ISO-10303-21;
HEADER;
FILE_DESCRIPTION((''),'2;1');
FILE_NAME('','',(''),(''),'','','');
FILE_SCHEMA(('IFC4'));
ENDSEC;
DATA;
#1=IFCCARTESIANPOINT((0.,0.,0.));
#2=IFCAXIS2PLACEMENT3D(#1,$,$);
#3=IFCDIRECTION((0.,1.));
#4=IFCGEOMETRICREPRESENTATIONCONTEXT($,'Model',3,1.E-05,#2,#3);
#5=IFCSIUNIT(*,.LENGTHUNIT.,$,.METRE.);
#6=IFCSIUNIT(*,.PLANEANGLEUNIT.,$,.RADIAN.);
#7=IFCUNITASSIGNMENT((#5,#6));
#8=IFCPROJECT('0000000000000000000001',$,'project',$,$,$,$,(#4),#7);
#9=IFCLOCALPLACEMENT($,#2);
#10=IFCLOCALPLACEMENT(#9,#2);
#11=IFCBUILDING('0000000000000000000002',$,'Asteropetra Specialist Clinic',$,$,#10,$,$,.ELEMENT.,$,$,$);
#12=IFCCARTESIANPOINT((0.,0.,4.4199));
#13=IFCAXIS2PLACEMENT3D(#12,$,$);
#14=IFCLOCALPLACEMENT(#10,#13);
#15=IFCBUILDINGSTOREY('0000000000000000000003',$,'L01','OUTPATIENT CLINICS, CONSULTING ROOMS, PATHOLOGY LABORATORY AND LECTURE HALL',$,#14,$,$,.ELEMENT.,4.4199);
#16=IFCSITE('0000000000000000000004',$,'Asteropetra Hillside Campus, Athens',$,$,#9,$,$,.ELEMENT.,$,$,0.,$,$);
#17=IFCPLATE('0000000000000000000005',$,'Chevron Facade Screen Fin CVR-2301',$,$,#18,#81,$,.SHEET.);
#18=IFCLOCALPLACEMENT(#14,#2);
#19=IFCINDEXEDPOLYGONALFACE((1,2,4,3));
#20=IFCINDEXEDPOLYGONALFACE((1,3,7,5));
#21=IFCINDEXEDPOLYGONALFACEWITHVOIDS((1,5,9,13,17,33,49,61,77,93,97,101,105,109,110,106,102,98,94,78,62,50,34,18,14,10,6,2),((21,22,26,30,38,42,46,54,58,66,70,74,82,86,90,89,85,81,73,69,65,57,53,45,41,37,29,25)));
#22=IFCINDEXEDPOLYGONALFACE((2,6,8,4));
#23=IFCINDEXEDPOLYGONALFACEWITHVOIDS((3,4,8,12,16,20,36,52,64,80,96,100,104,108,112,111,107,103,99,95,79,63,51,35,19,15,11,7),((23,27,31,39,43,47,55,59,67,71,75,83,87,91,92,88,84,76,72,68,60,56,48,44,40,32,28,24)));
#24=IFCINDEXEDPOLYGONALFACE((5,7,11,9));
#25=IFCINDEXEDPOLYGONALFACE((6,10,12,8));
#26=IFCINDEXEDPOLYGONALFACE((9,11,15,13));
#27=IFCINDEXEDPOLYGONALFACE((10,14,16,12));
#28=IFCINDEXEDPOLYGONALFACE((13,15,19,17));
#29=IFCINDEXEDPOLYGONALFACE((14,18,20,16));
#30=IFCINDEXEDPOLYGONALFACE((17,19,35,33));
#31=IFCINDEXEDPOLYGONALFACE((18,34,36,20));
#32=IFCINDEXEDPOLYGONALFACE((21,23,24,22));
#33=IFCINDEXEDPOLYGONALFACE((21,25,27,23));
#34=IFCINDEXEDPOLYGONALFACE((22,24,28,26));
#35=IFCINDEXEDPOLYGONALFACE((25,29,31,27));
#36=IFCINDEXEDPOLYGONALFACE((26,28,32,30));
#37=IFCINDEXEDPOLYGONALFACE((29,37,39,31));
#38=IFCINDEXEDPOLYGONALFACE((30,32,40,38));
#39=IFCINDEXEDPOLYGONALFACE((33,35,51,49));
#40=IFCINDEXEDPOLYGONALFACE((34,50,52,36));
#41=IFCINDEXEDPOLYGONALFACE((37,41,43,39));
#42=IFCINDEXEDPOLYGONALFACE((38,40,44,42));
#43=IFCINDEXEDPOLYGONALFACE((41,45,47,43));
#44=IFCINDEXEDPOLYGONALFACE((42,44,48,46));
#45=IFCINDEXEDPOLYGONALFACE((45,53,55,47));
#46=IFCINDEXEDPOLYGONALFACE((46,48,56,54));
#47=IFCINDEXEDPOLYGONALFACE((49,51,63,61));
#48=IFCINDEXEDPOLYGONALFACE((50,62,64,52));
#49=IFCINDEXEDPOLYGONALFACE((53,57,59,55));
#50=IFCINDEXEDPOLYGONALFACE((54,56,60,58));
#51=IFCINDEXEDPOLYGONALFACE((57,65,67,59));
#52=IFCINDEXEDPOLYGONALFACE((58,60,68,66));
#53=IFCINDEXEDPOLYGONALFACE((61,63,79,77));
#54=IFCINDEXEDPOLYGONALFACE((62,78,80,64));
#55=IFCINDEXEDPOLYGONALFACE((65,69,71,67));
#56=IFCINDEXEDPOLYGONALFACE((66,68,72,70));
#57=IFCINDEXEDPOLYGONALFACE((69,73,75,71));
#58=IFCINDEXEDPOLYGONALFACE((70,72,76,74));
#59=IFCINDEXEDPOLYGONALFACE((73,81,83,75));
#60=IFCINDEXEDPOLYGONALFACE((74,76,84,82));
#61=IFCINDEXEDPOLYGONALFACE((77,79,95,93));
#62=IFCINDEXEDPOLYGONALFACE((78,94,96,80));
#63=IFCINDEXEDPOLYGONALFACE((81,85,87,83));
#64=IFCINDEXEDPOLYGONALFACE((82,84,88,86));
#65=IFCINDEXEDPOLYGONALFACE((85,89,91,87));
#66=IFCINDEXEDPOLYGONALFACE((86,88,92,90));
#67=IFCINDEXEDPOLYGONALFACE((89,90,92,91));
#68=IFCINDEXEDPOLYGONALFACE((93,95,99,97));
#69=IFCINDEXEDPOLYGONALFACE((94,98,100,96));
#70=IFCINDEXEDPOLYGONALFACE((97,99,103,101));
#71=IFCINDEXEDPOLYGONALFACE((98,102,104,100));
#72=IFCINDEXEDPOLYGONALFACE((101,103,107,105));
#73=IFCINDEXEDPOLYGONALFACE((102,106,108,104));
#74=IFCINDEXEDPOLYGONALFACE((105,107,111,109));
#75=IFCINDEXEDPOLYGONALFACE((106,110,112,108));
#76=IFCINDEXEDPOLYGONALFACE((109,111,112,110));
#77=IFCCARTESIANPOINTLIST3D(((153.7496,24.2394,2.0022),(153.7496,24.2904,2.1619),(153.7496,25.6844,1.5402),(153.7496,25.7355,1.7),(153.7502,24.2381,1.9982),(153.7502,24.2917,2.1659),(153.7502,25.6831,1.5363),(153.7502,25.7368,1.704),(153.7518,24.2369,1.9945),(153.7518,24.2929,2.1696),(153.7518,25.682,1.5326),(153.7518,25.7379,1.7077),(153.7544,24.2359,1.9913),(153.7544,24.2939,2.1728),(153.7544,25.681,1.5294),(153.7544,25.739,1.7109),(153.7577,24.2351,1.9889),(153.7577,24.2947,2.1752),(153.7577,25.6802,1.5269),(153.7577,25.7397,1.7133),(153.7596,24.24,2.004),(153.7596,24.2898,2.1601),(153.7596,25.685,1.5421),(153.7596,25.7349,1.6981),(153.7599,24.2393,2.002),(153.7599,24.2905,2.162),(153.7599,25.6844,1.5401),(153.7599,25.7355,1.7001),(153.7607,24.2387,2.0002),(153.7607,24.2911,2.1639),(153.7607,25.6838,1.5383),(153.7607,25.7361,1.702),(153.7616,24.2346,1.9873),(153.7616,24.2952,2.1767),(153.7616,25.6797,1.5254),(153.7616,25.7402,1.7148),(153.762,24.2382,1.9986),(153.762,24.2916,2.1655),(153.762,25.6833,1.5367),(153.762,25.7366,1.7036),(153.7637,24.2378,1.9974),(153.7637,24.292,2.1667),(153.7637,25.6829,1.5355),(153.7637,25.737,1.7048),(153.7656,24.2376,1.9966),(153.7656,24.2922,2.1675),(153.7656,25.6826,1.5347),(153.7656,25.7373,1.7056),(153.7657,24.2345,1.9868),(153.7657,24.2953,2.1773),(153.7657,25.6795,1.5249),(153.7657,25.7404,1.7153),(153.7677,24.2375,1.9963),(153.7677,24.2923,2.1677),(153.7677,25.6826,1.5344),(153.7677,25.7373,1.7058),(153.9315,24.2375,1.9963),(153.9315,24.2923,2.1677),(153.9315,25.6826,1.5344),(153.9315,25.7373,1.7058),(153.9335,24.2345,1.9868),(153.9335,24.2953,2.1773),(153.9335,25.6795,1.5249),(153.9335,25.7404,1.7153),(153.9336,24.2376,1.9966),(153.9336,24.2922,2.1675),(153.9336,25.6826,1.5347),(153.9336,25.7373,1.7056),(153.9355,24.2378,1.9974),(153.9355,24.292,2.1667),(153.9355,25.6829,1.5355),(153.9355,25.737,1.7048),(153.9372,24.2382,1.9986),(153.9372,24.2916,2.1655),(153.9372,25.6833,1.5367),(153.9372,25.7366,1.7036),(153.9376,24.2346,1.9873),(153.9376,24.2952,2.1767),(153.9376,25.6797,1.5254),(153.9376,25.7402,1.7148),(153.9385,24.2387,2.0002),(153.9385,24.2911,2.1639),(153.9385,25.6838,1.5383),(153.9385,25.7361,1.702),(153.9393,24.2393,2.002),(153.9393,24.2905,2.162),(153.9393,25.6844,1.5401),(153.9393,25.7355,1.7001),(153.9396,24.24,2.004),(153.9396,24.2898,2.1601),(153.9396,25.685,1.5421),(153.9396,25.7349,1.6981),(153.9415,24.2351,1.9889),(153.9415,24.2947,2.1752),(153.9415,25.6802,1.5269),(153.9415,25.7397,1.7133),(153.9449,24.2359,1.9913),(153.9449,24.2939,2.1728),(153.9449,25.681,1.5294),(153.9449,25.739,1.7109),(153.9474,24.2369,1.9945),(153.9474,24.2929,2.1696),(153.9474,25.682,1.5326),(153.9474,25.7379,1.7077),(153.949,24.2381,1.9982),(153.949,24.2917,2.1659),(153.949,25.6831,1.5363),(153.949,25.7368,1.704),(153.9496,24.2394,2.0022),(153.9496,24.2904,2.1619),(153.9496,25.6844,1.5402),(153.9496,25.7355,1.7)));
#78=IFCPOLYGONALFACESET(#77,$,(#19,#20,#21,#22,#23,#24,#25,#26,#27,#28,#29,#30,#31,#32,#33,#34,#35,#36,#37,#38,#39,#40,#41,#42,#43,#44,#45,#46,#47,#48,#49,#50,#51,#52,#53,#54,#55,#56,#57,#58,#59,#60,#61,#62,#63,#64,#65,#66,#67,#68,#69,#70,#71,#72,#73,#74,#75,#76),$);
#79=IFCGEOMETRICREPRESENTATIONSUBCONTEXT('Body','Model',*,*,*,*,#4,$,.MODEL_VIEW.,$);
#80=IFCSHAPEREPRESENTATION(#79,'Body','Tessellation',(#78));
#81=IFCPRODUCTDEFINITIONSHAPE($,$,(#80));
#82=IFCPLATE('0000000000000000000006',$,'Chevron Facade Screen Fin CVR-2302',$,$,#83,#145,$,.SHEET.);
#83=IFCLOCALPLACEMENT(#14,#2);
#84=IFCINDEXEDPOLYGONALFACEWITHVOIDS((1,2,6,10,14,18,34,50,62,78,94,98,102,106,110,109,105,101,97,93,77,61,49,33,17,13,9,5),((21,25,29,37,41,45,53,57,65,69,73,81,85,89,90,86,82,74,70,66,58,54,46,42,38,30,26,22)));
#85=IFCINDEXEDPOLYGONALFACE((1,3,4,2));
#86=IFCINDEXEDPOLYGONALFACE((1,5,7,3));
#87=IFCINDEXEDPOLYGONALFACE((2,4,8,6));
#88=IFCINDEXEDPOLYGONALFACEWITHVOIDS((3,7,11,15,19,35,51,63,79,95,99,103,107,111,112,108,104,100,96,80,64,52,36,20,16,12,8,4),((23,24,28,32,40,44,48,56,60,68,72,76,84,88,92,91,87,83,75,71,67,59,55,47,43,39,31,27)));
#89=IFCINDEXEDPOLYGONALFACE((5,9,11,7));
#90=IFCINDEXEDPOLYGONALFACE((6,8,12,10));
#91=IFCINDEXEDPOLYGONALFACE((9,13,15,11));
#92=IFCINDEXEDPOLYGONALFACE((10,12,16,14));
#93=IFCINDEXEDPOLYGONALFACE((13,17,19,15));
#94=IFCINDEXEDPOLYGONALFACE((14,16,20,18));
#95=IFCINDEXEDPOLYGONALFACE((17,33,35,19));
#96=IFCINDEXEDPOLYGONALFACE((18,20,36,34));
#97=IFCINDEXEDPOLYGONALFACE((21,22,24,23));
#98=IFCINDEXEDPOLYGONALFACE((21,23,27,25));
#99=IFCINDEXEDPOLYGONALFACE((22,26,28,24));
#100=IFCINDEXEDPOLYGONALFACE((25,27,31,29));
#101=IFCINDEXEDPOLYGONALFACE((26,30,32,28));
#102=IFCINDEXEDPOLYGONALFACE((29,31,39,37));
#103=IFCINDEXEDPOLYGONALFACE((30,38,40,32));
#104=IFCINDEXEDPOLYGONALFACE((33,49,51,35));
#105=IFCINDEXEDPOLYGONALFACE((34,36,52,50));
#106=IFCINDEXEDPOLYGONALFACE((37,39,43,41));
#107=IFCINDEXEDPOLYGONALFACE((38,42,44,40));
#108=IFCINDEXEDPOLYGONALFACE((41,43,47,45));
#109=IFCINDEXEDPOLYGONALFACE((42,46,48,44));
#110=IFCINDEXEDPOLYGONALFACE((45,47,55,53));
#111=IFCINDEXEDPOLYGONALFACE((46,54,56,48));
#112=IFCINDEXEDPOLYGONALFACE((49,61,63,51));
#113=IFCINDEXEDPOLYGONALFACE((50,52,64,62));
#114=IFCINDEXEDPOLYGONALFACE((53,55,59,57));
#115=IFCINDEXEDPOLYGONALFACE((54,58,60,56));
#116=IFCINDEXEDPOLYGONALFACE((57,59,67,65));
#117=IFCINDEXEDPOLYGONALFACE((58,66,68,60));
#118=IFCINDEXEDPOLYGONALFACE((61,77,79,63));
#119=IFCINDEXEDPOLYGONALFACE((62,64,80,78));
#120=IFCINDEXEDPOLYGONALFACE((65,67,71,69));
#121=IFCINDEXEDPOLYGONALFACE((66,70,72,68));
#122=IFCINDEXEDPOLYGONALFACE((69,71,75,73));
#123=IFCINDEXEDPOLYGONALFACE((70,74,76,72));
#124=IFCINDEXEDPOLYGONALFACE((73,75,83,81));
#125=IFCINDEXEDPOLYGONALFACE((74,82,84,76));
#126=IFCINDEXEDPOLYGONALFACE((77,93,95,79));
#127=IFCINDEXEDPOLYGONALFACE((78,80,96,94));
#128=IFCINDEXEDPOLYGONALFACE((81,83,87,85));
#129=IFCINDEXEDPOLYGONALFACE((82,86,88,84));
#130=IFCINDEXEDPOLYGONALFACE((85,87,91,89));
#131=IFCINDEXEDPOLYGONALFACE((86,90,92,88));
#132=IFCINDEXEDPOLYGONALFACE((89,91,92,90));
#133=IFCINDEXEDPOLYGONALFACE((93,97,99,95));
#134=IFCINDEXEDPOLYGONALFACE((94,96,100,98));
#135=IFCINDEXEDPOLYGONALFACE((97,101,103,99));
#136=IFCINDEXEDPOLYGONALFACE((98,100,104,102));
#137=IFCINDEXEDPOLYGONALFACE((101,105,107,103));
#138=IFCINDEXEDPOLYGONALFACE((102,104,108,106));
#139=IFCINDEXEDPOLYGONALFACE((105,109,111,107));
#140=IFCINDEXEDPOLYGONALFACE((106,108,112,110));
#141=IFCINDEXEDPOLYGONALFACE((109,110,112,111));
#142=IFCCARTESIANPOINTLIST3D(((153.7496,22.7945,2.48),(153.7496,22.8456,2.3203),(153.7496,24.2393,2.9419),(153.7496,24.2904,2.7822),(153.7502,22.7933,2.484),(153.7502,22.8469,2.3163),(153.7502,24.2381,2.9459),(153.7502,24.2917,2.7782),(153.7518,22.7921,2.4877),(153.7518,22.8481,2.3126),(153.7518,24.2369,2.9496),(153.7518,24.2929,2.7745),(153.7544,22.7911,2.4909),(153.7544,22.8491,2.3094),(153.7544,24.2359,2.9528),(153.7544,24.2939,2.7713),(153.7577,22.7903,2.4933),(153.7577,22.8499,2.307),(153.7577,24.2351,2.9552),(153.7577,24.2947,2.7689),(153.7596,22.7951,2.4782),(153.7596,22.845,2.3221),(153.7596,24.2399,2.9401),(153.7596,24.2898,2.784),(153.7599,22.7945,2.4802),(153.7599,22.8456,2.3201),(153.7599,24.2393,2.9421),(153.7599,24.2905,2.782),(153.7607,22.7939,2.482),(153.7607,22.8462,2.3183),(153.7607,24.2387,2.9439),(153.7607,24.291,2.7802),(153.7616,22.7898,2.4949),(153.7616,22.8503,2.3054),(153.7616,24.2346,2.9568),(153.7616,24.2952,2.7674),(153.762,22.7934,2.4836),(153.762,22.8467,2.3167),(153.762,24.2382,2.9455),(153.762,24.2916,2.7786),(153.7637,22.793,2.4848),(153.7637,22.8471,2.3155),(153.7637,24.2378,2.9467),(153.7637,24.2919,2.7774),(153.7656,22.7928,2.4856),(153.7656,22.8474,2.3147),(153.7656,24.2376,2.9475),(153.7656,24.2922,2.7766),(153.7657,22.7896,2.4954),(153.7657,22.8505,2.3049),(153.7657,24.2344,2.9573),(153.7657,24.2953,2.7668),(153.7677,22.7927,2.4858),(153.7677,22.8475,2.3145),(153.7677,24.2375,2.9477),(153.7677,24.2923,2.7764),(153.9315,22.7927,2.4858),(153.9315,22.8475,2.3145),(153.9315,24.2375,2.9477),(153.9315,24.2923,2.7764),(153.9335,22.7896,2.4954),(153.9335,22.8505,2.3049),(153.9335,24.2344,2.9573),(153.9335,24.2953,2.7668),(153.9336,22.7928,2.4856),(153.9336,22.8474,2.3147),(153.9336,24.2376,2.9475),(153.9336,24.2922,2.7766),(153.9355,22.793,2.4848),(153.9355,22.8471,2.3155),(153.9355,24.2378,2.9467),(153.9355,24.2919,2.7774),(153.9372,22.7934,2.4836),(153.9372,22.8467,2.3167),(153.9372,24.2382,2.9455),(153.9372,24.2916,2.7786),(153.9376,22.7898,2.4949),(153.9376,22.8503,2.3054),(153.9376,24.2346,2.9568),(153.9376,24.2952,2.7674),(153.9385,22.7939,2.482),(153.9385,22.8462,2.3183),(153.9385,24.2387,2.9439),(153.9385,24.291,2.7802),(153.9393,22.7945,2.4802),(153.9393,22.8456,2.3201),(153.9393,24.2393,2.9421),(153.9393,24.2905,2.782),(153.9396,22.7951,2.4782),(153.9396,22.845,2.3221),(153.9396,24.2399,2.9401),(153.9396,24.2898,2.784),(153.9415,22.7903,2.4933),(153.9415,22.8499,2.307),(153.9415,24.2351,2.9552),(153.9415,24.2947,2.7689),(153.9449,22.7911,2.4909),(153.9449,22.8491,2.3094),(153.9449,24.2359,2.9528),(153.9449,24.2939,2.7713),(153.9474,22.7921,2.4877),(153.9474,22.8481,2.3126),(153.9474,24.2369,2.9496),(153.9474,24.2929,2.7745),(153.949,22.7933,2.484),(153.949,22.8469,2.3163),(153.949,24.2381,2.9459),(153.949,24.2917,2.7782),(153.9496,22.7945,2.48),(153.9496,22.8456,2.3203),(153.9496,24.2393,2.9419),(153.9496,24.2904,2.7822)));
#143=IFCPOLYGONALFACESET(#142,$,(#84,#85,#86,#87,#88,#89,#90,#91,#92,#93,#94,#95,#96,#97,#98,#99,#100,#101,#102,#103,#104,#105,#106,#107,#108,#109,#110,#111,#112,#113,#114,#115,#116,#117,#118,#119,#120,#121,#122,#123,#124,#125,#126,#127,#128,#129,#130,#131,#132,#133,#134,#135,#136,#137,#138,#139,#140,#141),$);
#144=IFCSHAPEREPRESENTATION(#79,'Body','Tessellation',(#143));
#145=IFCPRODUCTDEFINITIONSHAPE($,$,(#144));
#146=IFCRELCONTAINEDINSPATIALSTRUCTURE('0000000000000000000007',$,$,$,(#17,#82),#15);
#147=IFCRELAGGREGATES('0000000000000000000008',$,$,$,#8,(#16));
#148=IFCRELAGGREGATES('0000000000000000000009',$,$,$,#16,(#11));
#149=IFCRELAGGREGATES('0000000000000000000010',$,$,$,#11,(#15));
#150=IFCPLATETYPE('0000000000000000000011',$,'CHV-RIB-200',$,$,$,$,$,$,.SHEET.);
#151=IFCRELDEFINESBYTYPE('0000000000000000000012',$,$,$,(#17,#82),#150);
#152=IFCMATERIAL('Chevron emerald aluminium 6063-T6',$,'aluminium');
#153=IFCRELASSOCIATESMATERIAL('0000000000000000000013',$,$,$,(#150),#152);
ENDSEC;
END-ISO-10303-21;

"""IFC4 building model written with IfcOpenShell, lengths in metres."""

from ifc_helpers import new_model, si_unit, direction, frame, origin, origin_2d, place, context, subcontext, project, spatial, hollow_rectangle, extrude, material, material_profile, profile_set, type_object, element, save


model = new_model("IFC4")

# Units and contexts
model_context = context("Model", 3, precision=1e-05, world=origin(), true_north=direction((0.0, 1.0)))
body_context = subcontext(model_context, "Body", "Model", "MODEL_VIEW")
ifc_project = project(units=[si_unit("LENGTHUNIT", "METRE"), si_unit("PLANEANGLEUNIT", "RADIAN")], contexts=[model_context])

# Site, building, storey
site_placement = place(None, origin())
site = spatial("IfcSite", under=ifc_project, at=site_placement, Name="Asteropetra Hillside Campus, Athens", CompositionType="ELEMENT", RefElevation=0.0)
building_placement = place(site_placement, origin())
building = spatial("IfcBuilding", under=site, at=building_placement, Name="Asteropetra Specialist Clinic", CompositionType="ELEMENT")
storey_placement = place(building_placement, frame((0.0, 0.0, 4.4199)))
storey = spatial("IfcBuildingStorey", under=building, at=storey_placement, Name="L01", Description="OUTPATIENT CLINICS, CONSULTING ROOMS, PATHOLOGY LABORATORY AND LECTURE HALL", CompositionType="ELEMENT", Elevation=4.4199)

# Plates
ifc_material_1 = material(Name="Chevron emerald aluminium 6063-T6", Category="aluminium")
ifc_material_profile_1 = material_profile(ifc_material_1, hollow_rectangle(XDim=0.2, YDim=0.2, WallThickness=0.01, InnerFilletRadius=0.0081, OuterFilletRadius=0.0161, at=origin_2d()), Name="SHS 200x200x10.0")
ifc_profile_set_1 = profile_set([ifc_material_profile_1], Name="Chevron emerald aluminium 6063-T6")
plate_type = type_object("IfcPlateType", Name="CHV-RIB-200", PredefinedType="SHEET", material=ifc_profile_set_1)
plate_1_placement = place(storey_placement, frame((153.8496, 24.2649, 2.082), z_axis=(0.0, 0.952521, -0.304472), x_axis=(-1.0, 0.0, 0.0)))
element("IfcPlate", 1, at=plate_1_placement, inside=storey, type_object=plate_type, Name="Chevron Facade Screen Fin CVR-2301", PredefinedType="SHEET", context=body_context, shape_type="SweptSolid", body=[
    extrude(hollow_rectangle(XDim=0.2, YDim=0.2, WallThickness=0.01, InnerFilletRadius=0.0081, OuterFilletRadius=0.0161, at=origin_2d()), origin(), (0.0, 0.0, 1.0), 1.5171),
])
plate_2_placement = place(storey_placement, frame((153.8496, 22.8201, 2.4001), z_axis=(0.0, 0.952506, 0.304519), x_axis=(-1.0, 0.0, 0.0)))
element("IfcPlate", 2, at=plate_2_placement, inside=storey, type_object=plate_type, Name="Chevron Facade Screen Fin CVR-2302", PredefinedType="SHEET", context=body_context, shape_type="SweptSolid", body=[
    extrude(hollow_rectangle(XDim=0.2, YDim=0.2, WallThickness=0.01, InnerFilletRadius=0.0081, OuterFilletRadius=0.0161, at=origin_2d()), origin(), (0.0, 0.0, 1.0), 1.5168),
])

save(model, "model.ifc")
